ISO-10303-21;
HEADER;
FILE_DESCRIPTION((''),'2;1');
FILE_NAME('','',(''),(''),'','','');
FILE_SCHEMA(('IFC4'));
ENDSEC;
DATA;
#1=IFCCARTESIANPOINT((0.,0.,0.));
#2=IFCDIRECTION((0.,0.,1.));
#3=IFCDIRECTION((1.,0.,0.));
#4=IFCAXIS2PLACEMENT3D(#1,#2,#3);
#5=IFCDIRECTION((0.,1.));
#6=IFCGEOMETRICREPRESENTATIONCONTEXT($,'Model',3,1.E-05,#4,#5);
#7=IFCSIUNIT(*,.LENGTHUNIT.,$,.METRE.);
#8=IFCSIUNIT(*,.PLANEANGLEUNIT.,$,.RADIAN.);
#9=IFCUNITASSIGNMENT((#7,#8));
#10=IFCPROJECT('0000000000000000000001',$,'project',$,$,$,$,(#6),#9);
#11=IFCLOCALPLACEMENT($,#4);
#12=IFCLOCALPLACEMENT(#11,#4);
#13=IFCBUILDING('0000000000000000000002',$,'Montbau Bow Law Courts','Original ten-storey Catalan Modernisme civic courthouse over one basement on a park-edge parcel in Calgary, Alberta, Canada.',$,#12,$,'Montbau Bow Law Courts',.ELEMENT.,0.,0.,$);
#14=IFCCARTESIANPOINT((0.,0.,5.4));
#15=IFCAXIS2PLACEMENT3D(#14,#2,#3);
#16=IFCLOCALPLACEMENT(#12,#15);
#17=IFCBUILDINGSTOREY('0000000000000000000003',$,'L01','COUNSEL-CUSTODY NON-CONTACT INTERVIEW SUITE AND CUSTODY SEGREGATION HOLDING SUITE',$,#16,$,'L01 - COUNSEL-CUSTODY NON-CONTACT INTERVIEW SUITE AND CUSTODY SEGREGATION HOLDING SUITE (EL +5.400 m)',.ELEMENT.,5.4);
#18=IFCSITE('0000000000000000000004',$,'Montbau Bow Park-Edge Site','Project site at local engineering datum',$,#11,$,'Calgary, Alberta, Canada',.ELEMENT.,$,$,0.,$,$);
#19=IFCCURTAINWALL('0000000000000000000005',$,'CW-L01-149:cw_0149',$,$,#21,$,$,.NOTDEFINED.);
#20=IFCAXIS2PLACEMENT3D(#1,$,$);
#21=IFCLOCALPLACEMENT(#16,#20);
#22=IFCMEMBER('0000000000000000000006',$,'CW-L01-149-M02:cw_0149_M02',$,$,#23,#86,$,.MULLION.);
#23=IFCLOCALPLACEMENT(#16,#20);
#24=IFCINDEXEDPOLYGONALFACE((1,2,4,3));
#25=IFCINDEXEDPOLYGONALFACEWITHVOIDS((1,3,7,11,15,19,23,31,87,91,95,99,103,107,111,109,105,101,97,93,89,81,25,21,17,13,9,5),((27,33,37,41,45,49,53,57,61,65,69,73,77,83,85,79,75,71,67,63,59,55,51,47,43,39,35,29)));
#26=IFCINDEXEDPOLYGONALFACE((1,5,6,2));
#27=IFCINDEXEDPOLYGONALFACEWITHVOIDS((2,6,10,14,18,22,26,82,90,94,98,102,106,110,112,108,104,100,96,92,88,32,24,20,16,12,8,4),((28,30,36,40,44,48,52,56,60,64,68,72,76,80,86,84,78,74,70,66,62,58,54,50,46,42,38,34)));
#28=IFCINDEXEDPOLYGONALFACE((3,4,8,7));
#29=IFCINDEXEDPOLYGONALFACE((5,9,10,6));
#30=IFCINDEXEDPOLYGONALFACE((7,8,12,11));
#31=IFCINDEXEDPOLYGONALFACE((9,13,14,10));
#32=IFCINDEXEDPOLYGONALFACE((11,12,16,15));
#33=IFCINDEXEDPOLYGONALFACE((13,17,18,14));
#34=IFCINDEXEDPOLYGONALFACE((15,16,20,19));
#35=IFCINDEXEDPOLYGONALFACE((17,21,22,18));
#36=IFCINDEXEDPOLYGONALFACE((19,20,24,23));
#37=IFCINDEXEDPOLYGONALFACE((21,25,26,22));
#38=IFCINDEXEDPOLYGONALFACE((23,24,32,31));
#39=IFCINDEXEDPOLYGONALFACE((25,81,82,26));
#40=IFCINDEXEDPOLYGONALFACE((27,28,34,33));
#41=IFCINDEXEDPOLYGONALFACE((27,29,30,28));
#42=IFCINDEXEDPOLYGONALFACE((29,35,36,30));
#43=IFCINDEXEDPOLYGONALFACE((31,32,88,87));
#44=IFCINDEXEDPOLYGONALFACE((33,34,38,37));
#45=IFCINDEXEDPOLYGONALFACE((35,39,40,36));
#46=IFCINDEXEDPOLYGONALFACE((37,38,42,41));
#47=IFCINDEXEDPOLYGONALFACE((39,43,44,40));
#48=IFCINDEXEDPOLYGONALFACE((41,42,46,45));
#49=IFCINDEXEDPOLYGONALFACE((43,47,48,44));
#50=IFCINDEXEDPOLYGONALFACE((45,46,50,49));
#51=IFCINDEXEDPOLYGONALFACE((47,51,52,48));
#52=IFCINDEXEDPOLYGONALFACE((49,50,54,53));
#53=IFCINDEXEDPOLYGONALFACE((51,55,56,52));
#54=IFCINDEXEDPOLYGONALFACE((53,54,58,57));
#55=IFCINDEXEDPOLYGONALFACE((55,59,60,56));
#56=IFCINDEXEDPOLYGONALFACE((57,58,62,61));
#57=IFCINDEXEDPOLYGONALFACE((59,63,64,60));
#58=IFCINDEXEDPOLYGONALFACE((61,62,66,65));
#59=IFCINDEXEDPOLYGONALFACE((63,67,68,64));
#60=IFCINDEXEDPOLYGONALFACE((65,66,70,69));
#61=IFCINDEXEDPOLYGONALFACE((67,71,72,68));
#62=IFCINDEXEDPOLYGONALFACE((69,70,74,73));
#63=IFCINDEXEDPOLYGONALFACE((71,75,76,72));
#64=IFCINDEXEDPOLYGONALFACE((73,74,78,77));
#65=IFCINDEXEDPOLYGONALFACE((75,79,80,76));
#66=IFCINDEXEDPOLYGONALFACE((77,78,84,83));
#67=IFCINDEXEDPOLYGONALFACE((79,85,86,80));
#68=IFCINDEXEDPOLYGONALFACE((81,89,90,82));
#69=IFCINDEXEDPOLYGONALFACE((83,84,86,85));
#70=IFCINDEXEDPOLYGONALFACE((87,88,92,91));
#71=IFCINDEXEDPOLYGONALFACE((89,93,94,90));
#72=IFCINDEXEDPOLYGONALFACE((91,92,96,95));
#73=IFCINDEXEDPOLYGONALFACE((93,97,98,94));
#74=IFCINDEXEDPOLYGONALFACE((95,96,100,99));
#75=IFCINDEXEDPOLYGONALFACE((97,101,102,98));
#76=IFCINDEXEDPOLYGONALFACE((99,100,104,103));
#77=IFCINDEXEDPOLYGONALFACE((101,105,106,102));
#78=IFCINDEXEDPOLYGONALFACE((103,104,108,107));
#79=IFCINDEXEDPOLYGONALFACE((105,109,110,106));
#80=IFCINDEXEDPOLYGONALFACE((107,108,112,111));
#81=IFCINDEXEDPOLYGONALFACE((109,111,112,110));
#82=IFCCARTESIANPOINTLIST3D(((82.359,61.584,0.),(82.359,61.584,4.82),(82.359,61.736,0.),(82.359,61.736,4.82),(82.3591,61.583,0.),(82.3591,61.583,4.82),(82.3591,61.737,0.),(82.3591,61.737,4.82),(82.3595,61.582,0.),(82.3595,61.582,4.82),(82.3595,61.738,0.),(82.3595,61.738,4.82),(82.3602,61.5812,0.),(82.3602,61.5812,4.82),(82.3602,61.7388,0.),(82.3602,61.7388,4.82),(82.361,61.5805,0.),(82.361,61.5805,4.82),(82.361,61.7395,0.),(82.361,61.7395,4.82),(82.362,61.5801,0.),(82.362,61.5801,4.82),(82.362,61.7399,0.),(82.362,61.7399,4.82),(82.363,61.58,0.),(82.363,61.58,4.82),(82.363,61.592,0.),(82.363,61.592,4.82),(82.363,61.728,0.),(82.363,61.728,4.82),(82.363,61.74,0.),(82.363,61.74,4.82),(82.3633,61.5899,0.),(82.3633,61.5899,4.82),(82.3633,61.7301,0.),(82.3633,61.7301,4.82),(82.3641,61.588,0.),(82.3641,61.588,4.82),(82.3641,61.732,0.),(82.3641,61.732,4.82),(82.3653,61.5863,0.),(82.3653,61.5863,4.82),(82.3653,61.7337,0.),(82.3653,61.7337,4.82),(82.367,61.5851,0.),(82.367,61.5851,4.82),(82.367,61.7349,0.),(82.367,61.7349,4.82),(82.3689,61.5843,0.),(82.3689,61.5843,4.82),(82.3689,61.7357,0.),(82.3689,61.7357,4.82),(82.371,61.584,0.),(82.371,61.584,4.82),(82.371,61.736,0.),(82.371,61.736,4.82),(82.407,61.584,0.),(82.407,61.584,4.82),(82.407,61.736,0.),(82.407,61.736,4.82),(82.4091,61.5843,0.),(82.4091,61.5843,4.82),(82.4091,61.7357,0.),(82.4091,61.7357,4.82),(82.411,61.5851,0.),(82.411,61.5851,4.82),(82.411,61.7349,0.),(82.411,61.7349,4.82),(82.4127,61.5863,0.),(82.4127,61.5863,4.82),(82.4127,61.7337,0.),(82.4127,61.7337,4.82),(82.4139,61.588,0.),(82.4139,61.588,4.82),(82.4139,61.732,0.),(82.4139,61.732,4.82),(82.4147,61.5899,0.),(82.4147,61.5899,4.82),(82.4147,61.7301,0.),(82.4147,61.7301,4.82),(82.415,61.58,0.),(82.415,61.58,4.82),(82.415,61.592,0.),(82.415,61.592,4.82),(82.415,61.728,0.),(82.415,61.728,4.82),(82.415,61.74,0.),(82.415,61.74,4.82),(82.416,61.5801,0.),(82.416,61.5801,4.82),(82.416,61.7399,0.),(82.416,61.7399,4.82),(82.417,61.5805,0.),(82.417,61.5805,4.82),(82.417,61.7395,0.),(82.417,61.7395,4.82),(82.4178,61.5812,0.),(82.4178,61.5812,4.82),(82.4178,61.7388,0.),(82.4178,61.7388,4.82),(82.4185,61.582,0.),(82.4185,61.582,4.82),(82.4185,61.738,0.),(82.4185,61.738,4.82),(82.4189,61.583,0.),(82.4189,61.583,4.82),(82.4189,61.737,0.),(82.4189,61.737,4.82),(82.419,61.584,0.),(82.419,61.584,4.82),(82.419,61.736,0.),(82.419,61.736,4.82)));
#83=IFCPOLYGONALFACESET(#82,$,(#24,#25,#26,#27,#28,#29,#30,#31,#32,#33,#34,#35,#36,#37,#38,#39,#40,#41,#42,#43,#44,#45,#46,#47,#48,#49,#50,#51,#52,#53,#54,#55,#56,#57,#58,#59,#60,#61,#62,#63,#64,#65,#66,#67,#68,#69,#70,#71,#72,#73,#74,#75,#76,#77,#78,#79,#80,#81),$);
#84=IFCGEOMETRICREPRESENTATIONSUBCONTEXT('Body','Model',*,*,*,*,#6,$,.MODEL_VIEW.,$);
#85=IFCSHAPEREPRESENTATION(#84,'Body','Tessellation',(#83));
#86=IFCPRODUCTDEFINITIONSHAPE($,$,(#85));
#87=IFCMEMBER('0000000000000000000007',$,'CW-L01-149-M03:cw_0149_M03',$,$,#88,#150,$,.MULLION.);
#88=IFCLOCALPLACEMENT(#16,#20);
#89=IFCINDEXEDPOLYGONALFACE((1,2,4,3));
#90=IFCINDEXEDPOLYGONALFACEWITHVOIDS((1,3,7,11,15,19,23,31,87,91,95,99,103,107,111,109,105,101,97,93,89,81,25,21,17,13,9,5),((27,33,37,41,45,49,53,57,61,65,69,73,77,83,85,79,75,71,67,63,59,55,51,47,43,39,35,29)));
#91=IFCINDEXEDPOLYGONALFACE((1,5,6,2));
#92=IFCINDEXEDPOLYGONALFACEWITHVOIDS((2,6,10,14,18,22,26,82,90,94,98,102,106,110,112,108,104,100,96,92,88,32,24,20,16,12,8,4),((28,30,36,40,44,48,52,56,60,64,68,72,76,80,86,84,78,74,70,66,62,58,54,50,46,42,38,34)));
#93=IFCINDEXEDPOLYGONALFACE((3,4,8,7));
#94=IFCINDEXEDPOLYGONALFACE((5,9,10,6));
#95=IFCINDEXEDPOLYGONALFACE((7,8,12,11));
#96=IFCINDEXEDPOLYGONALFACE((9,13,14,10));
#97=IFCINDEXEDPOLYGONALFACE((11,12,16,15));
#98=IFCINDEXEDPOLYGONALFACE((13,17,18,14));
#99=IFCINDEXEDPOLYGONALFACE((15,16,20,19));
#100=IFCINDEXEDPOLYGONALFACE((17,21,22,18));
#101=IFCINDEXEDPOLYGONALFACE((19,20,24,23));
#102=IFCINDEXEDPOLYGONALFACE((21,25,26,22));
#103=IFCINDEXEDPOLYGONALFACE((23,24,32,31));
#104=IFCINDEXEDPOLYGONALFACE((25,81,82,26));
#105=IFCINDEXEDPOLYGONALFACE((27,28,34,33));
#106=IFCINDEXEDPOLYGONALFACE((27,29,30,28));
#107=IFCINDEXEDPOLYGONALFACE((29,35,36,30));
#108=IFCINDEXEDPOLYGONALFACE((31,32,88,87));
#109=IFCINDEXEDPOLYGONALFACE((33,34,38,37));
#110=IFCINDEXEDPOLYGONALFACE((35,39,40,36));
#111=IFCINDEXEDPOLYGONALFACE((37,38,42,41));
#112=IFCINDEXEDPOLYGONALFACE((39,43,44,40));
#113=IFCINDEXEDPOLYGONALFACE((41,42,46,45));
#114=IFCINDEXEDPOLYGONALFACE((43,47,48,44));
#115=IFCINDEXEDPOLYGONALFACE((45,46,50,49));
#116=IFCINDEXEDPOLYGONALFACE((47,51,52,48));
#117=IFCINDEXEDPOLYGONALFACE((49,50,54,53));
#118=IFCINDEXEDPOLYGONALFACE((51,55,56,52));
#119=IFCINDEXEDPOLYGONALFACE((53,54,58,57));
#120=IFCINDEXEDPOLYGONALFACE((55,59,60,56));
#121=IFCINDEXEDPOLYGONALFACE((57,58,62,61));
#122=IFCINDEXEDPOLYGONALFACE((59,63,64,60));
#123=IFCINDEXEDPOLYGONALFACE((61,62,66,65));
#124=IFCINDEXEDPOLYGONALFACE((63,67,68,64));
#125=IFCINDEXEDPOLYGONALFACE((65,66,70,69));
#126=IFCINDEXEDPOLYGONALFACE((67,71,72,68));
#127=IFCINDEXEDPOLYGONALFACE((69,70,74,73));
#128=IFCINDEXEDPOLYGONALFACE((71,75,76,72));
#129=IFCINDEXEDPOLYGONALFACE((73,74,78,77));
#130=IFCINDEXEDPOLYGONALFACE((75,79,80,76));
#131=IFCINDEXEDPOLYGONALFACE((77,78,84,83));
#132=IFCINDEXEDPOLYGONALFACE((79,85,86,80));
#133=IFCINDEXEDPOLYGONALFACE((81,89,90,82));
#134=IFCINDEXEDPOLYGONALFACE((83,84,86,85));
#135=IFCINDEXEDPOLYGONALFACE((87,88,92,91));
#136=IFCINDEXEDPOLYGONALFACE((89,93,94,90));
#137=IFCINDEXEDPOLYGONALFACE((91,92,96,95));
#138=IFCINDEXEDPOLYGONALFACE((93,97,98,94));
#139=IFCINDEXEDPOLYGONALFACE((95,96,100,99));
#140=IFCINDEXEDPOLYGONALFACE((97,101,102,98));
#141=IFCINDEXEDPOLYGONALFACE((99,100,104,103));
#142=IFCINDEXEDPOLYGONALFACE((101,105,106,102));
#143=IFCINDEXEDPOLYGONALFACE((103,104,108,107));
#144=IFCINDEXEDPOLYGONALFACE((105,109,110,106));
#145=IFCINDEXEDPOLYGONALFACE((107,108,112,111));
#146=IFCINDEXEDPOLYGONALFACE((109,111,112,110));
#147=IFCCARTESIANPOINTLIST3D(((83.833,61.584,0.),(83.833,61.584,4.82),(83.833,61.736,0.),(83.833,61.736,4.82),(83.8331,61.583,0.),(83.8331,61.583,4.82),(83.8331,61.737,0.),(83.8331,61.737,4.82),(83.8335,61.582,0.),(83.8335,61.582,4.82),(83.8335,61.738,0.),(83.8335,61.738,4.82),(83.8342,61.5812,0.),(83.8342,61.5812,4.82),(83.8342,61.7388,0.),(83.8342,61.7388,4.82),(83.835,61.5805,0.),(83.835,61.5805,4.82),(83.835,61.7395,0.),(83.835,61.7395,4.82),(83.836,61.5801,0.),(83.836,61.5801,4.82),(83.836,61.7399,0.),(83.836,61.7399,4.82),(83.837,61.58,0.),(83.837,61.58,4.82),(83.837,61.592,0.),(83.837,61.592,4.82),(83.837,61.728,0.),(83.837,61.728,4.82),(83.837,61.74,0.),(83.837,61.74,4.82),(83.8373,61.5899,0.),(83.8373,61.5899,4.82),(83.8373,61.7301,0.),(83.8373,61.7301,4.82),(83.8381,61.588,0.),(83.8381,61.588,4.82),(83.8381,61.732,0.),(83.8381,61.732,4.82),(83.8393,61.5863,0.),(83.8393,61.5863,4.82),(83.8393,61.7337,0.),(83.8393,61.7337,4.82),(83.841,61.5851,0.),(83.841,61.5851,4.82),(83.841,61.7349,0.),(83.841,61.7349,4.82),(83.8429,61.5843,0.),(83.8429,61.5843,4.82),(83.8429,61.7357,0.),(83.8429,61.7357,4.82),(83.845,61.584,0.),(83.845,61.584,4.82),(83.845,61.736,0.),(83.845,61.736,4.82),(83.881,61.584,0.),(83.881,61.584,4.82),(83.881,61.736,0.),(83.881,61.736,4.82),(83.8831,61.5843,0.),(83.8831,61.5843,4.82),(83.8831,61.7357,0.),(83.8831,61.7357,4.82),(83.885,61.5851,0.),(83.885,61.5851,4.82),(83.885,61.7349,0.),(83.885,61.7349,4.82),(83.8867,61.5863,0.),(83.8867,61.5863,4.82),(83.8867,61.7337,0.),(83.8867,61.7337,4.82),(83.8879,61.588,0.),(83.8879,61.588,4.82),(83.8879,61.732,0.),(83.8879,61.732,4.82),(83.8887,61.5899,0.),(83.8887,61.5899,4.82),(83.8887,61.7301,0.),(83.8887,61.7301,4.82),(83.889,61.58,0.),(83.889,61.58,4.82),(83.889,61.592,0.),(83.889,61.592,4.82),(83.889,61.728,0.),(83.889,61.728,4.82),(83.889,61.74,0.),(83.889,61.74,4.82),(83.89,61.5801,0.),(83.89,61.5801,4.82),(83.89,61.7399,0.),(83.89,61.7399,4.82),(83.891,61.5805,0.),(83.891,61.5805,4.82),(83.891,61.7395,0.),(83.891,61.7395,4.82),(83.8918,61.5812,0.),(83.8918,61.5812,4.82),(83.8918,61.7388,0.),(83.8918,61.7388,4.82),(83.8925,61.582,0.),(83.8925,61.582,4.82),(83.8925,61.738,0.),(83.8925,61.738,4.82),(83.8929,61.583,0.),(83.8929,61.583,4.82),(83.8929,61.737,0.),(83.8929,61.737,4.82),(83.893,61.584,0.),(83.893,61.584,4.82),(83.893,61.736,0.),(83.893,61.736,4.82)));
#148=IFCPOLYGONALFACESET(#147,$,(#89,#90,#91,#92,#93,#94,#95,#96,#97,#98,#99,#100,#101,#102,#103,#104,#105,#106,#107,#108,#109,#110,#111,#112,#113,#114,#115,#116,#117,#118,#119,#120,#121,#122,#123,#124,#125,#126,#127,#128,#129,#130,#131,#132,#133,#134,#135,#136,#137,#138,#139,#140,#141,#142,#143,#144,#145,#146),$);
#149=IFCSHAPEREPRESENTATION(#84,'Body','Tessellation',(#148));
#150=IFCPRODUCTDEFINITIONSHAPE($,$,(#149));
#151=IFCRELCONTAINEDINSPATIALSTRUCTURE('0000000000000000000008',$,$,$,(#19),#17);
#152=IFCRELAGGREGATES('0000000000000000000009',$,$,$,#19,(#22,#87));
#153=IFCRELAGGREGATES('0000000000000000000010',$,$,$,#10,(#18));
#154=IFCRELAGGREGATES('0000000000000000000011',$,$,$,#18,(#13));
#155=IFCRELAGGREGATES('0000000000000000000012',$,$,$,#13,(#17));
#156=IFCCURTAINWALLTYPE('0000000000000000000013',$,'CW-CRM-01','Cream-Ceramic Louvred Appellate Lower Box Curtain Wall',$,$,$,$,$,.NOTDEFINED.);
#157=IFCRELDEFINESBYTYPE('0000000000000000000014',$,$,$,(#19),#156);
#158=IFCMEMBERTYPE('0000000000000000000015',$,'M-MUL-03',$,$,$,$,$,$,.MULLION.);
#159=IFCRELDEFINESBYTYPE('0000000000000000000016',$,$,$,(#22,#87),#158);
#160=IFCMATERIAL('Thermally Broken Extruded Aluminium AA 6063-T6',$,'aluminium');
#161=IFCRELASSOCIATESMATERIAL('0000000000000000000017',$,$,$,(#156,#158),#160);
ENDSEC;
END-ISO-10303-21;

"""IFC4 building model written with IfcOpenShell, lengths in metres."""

from ifc_helpers import new_model, si_unit, direction, frame, origin_with_axes, origin_2d_with_axis, place, context, subcontext, project, spatial, hollow_rectangle, extrude, material, material_profile, profile_set, type_object, element, aggregate, save


model = new_model("IFC4")

# Units and contexts
model_context = context("Model", 3, precision=1e-05, world=origin_with_axes(), true_north=direction((0.0, 1.0)))
body_context = subcontext(model_context, "Body", "Model", "MODEL_VIEW")
ifc_project = project(units=[si_unit("LENGTHUNIT", "METRE"), si_unit("PLANEANGLEUNIT", "RADIAN")], contexts=[model_context])

# Site, building, storey
site_placement = place(None, origin_with_axes())
site = spatial("IfcSite", under=ifc_project, at=site_placement, Name="Montbau Bow Park-Edge Site", Description="Project site at local engineering datum", LongName="Calgary, Alberta, Canada", CompositionType="ELEMENT", RefElevation=0.0)
building_placement = place(site_placement, origin_with_axes())
building = spatial("IfcBuilding", under=site, at=building_placement, Name="Montbau Bow Law Courts", Description="Original ten-storey Catalan Modernisme civic courthouse over one basement on a park-edge parcel in Calgary, Alberta, Canada.", LongName="Montbau Bow Law Courts", CompositionType="ELEMENT", ElevationOfRefHeight=0.0, ElevationOfTerrain=0.0)
storey_placement = place(building_placement, frame((0.0, 0.0, 5.4), z_axis=(0.0, 0.0, 1.0), x_axis=(1.0, 0.0, 0.0)))
storey = spatial("IfcBuildingStorey", under=building, at=storey_placement, Name="L01", Description="COUNSEL-CUSTODY NON-CONTACT INTERVIEW SUITE AND CUSTODY SEGREGATION HOLDING SUITE", LongName="L01 - COUNSEL-CUSTODY NON-CONTACT INTERVIEW SUITE AND CUSTODY SEGREGATION HOLDING SUITE (EL +5.400 m)", CompositionType="ELEMENT", Elevation=5.4)

# Curtain wall, members
ifc_material_1 = material(Name="Thermally Broken Extruded Aluminium AA 6063-T6", Category="aluminium")
curtain_wall_type = type_object("IfcCurtainWallType", Name="CW-CRM-01", Description="Cream-Ceramic Louvred Appellate Lower Box Curtain Wall", PredefinedType="NOTDEFINED", material=ifc_material_1)
curtain_wall_placement = place(None, frame((80.915, 61.66, 5.4), z_axis=(0.0, 0.0, 1.0), x_axis=(1.0, 0.0, 0.0)))
curtain_wall = element("IfcCurtainWall", 1, at=curtain_wall_placement, inside=storey, type_object=curtain_wall_type, Name="CW-L01-149:cw_0149", PredefinedType="NOTDEFINED")
ifc_material_profile_1 = material_profile(ifc_material_1, hollow_rectangle(XDim=0.06, YDim=0.16, WallThickness=0.004, InnerFilletRadius=0.008, OuterFilletRadius=0.004, at=origin_2d_with_axis()), Name="CWM-160X60", Category="Main", Priority=0)
ifc_profile_set_1 = profile_set([ifc_material_profile_1], Name="Thermally Broken Extruded Aluminium AA 6063-T6")
member_type_1 = type_object("IfcMemberType", Name="M-MUL-03", PredefinedType="MULLION", material=ifc_profile_set_1)
member_1_placement = place(None, frame((82.389, 61.66, 5.4), z_axis=(0.0, 0.0, 1.0), x_axis=(1.0, 0.0, 0.0)))
member_1 = element("IfcMember", 2, at=member_1_placement, type_object=member_type_1, Name="CW-L01-149-M02:cw_0149_M02", PredefinedType="MULLION", context=body_context, shape_type="SweptSolid", body=[
    extrude(hollow_rectangle(XDim=0.06, YDim=0.16, WallThickness=0.004, InnerFilletRadius=0.008, OuterFilletRadius=0.004, at=origin_2d_with_axis()), origin_with_axes(), (0.0, 0.0, 1.0), 4.82),
])
member_2_placement = place(None, frame((83.863, 61.66, 5.4), z_axis=(0.0, 0.0, 1.0), x_axis=(1.0, 0.0, 0.0)))
member_2 = element("IfcMember", 3, at=member_2_placement, type_object=member_type_1, Name="CW-L01-149-M03:cw_0149_M03", PredefinedType="MULLION", context=body_context, shape_type="SweptSolid", body=[
    extrude(hollow_rectangle(XDim=0.06, YDim=0.16, WallThickness=0.004, InnerFilletRadius=0.008, OuterFilletRadius=0.004, at=origin_2d_with_axis()), origin_with_axes(), (0.0, 0.0, 1.0), 4.82),
])
aggregate(curtain_wall, [member_1, member_2])

save(model, "model.ifc")
